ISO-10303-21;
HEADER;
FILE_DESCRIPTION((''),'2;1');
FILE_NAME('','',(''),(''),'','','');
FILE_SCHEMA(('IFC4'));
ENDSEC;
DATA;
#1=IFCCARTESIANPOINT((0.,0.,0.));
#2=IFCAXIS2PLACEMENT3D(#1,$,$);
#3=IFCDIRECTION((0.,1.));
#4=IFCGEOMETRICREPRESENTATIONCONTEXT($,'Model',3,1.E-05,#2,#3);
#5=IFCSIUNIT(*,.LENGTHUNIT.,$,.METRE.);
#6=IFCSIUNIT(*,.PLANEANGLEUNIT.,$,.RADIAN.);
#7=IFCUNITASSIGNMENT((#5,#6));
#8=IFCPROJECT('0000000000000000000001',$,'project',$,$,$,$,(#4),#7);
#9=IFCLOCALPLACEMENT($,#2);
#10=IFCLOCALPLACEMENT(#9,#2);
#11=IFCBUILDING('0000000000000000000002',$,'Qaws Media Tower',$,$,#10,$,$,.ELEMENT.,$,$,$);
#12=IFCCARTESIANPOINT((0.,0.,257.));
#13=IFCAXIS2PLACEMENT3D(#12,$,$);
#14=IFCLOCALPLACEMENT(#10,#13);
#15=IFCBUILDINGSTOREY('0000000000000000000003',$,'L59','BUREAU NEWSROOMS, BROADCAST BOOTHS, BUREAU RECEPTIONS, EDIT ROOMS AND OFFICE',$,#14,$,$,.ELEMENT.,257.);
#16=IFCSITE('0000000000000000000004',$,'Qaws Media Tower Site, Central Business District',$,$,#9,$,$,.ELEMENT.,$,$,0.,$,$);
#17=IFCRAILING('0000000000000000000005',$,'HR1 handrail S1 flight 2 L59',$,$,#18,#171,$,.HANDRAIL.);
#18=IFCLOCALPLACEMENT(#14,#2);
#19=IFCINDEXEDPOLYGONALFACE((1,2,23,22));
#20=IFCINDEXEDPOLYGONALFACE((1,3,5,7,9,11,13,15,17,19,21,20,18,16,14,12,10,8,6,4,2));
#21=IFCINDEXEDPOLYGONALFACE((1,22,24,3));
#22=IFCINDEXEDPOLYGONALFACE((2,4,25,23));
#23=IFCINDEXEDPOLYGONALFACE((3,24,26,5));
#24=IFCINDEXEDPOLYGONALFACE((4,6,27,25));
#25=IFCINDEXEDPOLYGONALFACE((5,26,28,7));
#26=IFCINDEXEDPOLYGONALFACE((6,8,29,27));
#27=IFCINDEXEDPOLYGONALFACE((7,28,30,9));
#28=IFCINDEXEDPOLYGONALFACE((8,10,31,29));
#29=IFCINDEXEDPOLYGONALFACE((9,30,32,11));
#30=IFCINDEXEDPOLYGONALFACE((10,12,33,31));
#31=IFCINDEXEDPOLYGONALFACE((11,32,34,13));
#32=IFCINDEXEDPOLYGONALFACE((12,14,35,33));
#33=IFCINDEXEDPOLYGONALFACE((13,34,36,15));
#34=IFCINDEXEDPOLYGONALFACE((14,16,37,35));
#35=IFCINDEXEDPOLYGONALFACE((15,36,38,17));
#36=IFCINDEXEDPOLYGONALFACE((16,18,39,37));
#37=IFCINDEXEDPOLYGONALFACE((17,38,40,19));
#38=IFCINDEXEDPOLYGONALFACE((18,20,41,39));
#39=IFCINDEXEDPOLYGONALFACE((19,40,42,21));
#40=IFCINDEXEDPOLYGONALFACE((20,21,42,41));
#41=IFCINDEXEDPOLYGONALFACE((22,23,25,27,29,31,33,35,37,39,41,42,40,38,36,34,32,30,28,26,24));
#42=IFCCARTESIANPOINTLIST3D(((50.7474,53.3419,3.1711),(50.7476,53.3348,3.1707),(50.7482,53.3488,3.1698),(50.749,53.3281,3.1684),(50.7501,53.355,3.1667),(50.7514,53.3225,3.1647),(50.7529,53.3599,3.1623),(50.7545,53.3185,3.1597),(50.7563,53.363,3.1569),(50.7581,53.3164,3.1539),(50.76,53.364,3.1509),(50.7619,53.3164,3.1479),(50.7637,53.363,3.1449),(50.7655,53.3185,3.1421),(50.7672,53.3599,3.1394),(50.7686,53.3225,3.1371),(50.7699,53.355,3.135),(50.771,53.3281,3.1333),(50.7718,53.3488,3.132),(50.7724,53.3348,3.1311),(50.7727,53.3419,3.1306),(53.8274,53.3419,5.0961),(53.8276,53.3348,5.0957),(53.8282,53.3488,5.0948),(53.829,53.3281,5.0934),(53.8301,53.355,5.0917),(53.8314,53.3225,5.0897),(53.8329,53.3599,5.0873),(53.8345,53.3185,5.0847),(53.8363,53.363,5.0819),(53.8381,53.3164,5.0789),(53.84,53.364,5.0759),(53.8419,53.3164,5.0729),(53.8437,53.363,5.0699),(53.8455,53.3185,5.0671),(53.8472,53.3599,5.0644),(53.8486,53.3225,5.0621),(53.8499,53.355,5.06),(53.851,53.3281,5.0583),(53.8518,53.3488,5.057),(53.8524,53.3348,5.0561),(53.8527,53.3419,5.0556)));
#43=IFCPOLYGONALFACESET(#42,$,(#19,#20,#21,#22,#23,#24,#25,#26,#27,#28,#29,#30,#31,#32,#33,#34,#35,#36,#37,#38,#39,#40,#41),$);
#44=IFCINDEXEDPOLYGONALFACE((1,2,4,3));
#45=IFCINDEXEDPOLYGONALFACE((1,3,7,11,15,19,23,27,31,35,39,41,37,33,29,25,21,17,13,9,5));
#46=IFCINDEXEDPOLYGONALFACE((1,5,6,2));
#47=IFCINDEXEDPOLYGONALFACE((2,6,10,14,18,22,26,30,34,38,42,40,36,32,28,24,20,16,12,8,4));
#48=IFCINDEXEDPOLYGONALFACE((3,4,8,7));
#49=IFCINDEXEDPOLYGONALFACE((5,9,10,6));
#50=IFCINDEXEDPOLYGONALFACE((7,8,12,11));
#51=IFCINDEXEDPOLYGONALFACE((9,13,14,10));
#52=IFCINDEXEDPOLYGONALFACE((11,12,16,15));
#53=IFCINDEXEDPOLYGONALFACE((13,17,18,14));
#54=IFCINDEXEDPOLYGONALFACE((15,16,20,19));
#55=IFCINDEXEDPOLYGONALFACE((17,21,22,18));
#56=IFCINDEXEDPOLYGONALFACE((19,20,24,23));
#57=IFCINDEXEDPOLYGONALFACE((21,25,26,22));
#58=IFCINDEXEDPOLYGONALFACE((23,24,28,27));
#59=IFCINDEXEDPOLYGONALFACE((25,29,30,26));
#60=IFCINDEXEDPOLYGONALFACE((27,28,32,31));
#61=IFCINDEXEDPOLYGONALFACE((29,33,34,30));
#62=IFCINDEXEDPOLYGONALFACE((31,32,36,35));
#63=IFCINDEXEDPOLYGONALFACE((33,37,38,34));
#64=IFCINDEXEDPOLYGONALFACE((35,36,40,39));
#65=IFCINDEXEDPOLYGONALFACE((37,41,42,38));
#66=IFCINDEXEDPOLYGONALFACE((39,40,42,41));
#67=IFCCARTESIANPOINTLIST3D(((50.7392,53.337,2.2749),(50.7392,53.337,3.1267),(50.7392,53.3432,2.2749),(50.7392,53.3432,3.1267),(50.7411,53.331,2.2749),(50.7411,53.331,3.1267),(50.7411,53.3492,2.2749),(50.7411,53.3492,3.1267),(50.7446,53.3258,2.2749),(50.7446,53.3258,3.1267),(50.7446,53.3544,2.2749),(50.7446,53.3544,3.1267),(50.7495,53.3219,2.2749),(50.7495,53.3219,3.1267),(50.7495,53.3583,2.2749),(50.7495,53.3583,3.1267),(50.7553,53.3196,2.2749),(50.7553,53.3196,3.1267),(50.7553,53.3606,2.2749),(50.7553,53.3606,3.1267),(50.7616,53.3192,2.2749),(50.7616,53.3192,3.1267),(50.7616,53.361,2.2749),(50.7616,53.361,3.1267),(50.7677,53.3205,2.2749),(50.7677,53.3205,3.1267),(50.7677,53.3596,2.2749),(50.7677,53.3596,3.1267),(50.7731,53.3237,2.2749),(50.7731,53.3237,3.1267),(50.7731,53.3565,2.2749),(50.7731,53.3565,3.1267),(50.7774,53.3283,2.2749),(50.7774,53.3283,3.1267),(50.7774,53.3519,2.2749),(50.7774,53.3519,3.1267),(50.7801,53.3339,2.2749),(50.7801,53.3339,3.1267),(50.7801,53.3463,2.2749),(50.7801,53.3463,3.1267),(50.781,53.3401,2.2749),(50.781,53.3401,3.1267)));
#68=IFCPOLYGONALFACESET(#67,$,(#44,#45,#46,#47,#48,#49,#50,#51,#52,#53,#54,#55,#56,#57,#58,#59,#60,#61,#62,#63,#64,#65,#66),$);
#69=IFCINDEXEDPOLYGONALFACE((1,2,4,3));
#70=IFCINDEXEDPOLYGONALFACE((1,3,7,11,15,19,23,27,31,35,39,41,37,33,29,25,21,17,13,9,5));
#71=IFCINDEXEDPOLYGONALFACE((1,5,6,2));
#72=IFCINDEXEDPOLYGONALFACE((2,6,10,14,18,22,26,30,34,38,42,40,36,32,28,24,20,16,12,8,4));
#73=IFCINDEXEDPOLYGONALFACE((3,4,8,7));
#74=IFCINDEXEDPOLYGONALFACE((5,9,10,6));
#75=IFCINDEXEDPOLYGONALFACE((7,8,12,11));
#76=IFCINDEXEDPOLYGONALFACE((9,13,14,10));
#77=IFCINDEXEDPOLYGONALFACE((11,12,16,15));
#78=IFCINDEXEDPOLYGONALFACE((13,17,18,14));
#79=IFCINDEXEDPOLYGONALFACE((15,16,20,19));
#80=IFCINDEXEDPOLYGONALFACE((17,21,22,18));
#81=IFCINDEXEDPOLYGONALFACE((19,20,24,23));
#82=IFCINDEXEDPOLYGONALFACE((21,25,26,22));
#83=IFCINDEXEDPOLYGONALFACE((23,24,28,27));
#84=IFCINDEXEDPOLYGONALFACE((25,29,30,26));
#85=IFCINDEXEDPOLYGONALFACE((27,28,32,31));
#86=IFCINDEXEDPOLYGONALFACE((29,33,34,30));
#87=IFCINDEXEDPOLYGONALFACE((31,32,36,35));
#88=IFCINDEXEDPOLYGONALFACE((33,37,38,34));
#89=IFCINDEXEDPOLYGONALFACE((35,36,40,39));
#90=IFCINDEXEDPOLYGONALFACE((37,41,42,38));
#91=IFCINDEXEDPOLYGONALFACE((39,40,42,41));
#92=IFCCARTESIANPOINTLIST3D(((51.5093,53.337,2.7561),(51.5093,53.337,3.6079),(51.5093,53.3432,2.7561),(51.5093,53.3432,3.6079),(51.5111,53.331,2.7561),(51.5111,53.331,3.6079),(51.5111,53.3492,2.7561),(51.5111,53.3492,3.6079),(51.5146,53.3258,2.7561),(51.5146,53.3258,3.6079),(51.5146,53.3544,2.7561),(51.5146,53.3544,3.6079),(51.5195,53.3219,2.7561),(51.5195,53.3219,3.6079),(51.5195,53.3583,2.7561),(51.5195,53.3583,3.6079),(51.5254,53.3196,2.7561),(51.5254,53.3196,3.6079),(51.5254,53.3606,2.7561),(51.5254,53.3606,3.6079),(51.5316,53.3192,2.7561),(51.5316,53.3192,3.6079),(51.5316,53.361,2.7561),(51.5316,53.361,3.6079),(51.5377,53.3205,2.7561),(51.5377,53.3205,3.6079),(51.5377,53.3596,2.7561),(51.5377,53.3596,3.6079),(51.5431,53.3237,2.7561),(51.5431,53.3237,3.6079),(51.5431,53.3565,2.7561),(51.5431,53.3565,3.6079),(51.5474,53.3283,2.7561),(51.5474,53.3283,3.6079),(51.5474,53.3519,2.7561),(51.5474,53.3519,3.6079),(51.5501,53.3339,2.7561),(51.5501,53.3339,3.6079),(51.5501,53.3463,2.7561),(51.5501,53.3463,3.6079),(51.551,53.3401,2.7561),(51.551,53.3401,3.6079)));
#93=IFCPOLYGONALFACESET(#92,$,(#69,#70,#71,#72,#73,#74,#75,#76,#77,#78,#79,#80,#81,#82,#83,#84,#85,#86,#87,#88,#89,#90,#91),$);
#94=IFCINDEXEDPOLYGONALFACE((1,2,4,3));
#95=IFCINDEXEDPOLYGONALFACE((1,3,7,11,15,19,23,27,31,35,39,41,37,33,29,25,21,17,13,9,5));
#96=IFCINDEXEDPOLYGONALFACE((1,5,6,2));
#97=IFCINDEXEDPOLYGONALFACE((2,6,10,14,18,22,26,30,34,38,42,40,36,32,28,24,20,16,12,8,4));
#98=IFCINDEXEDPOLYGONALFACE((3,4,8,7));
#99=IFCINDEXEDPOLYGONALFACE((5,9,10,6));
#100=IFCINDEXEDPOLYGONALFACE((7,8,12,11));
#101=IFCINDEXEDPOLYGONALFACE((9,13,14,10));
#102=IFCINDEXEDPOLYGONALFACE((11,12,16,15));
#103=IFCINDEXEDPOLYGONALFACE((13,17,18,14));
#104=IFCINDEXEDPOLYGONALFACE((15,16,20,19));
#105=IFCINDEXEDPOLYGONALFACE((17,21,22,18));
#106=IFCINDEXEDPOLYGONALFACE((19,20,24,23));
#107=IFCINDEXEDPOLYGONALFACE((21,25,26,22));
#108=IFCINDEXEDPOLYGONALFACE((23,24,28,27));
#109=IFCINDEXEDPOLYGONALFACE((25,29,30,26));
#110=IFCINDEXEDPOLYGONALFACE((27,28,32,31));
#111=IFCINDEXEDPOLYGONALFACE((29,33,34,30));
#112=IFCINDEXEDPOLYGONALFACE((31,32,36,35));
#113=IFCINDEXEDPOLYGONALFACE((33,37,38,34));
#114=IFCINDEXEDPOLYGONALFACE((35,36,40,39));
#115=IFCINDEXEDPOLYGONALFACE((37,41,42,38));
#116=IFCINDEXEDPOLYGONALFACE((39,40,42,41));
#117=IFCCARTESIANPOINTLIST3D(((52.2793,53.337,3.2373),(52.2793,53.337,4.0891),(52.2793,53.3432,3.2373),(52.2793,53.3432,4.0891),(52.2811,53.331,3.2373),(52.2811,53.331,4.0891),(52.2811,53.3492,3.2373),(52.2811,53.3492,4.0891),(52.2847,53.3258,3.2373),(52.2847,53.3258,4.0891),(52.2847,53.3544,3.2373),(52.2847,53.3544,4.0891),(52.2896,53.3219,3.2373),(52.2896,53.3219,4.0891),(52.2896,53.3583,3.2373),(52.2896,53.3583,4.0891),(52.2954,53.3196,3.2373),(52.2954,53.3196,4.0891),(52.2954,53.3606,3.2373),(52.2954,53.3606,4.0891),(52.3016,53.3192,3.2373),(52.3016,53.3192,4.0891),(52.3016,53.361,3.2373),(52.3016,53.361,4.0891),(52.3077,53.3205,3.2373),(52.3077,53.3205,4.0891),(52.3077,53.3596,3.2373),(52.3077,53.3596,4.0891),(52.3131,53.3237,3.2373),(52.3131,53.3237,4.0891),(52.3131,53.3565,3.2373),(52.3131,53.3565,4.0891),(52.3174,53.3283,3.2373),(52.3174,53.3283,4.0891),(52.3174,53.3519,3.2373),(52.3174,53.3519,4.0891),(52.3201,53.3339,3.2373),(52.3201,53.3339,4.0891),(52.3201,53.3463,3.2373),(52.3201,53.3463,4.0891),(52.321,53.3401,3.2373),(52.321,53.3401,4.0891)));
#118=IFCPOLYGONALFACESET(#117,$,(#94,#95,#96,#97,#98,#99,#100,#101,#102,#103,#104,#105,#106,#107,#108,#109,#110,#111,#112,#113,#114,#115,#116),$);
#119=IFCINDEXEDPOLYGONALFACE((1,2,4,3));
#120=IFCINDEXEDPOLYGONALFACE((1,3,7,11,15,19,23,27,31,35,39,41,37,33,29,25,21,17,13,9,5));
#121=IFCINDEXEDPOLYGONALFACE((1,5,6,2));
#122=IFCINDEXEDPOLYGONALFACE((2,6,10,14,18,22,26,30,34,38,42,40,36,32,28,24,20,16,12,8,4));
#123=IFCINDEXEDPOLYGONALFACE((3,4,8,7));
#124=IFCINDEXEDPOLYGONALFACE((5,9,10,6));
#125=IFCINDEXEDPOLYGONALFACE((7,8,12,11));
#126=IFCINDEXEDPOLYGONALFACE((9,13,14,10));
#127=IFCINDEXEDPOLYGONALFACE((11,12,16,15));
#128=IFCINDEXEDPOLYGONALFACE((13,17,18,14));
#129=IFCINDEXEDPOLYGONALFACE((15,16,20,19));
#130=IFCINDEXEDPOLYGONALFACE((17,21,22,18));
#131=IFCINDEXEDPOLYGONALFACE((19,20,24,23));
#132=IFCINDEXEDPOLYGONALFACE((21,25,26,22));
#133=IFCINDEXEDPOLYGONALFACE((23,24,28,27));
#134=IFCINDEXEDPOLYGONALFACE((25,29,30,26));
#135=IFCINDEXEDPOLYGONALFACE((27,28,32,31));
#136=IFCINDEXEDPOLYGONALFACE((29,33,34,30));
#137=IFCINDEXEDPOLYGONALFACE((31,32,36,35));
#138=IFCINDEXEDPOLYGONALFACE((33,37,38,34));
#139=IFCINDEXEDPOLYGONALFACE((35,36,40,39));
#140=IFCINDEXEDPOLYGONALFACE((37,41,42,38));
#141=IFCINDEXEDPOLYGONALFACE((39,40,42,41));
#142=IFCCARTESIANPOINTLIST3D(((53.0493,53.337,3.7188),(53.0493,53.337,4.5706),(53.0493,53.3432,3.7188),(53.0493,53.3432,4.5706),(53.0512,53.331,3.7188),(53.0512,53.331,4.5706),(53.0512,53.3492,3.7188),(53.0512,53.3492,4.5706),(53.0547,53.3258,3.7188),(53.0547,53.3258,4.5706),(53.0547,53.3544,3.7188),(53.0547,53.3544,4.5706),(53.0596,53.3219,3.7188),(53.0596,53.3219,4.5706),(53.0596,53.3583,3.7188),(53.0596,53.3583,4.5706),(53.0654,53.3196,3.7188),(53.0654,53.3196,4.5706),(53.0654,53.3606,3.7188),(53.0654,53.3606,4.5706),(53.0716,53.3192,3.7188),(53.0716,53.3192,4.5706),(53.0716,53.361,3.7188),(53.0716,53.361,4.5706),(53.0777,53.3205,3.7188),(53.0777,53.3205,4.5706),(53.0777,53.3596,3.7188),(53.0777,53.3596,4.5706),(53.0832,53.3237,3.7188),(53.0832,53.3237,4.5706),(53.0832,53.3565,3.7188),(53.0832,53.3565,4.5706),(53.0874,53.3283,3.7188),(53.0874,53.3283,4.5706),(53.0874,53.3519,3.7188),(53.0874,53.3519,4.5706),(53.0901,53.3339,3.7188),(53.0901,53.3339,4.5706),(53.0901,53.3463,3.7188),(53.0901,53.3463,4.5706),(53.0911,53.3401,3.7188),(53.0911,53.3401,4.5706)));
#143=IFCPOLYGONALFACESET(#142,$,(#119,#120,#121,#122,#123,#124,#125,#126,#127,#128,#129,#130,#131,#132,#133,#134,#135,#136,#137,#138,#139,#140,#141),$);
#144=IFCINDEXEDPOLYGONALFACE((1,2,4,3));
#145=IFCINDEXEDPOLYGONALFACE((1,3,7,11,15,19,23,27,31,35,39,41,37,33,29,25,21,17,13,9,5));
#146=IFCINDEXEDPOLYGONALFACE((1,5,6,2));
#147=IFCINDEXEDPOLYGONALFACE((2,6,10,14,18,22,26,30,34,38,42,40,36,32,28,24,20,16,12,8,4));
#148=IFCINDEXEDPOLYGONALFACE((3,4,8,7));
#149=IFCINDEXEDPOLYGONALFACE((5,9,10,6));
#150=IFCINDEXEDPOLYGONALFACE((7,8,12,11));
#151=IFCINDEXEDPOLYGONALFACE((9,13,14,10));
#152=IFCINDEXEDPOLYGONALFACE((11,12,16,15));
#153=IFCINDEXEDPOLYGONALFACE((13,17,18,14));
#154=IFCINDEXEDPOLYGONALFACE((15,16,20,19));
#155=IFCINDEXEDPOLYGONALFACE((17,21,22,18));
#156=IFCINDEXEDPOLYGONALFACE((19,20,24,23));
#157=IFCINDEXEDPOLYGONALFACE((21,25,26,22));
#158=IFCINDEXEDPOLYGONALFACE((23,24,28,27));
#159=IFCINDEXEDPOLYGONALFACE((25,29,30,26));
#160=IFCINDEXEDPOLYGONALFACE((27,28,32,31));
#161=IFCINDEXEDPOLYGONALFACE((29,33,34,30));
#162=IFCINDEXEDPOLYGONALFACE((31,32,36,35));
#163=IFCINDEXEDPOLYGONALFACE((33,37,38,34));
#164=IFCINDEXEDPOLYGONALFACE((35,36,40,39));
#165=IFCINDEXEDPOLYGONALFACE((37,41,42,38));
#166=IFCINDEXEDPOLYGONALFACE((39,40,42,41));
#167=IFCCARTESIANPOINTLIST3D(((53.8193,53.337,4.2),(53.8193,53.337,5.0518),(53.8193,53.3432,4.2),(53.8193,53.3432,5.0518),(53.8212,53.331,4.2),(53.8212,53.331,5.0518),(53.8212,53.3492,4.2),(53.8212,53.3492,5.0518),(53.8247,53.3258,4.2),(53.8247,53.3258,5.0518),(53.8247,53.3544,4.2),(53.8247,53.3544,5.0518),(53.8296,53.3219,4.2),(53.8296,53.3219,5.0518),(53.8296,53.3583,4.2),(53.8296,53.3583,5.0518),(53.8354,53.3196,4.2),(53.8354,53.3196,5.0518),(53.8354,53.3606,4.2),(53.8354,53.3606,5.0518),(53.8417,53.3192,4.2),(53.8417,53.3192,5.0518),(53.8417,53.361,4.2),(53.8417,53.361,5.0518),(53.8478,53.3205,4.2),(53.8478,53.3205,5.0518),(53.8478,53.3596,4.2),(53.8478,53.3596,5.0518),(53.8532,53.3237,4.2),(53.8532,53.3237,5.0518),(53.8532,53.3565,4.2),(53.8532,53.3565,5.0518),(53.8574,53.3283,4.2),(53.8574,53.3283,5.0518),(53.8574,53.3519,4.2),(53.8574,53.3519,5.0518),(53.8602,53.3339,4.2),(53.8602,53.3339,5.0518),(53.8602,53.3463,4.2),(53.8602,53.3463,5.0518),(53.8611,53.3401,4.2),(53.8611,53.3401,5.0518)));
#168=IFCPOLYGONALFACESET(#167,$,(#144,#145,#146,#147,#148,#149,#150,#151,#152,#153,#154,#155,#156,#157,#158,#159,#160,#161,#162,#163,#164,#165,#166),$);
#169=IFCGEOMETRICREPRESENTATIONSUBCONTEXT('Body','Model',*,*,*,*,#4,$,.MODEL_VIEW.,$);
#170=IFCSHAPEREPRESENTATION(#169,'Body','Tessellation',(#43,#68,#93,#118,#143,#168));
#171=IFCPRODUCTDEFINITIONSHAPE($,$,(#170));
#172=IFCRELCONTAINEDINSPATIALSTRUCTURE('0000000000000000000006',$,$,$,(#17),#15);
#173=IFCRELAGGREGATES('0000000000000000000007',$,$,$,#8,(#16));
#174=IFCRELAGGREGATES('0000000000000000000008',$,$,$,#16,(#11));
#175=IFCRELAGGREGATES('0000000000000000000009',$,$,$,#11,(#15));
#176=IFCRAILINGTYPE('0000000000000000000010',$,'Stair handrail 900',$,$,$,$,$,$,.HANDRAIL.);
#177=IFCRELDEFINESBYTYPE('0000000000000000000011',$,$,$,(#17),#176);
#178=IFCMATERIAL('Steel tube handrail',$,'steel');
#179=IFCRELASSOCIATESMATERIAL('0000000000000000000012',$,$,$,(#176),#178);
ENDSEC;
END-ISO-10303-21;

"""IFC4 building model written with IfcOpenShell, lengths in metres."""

from ifc_helpers import new_model, si_unit, direction, frame, origin, origin_2d, place, context, subcontext, project, spatial, circle, extrude, material, type_object, element, save


model = new_model("IFC4")

# Units and contexts
model_context = context("Model", 3, precision=1e-05, world=origin(), true_north=direction((0.0, 1.0)))
body_context = subcontext(model_context, "Body", "Model", "MODEL_VIEW")
ifc_project = project(units=[si_unit("LENGTHUNIT", "METRE"), si_unit("PLANEANGLEUNIT", "RADIAN")], contexts=[model_context])

# Site, building, storey
site_placement = place(None, origin())
site = spatial("IfcSite", under=ifc_project, at=site_placement, Name="Qaws Media Tower Site, Central Business District", CompositionType="ELEMENT", RefElevation=0.0)
building_placement = place(site_placement, origin())
building = spatial("IfcBuilding", under=site, at=building_placement, Name="Qaws Media Tower", CompositionType="ELEMENT")
storey_placement = place(building_placement, frame((0.0, 0.0, 257.0)))
storey = spatial("IfcBuildingStorey", under=building, at=storey_placement, Name="L59", Description="BUREAU NEWSROOMS, BROADCAST BOOTHS, BUREAU RECEPTIONS, EDIT ROOMS AND OFFICE", CompositionType="ELEMENT", Elevation=257.0)

# Railing
ifc_material_1 = material(Name="Steel tube handrail", Category="steel")
railing_type = type_object("IfcRailingType", Name="Stair handrail 900", PredefinedType="HANDRAIL", material=ifc_material_1)
for number, where, name in (
    (1, (50.76, 53.3401, 2.2749), "HR1 handrail S1 flight 2 L59"),
):
    element("IfcRailing", number, at=place(storey_placement, frame(where)), inside=storey, type_object=railing_type, Name=name, PredefinedType="HANDRAIL", context=body_context, shape_type="SweptSolid", body=[
        extrude(circle(Radius=0.0239, at=origin_2d()), frame((0.0, 0.0, 0.876), z_axis=(0.847998, 0.0, 0.529999), x_axis=(0.0, 1.0, 0.0)), (0.0, 0.0, 1.0), 3.6321),
        extrude(circle(Radius=0.021, at=origin_2d()), origin(), (0.0, 0.0, 1.0), 0.8518),
        extrude(circle(Radius=0.021, at=origin_2d()), frame((0.77, 0.0, 0.4812)), (0.0, 0.0, 1.0), 0.8518),
        extrude(circle(Radius=0.021, at=origin_2d()), frame((1.54, 0.0, 0.9624)), (0.0, 0.0, 1.0), 0.8518),
        extrude(circle(Radius=0.021, at=origin_2d()), frame((2.3101, 0.0, 1.4438)), (0.0, 0.0, 1.0), 0.8518),
        extrude(circle(Radius=0.021, at=origin_2d()), frame((3.0801, 0.0, 1.925)), (0.0, 0.0, 1.0), 0.8518),
    ])

save(model, "model.ifc")
